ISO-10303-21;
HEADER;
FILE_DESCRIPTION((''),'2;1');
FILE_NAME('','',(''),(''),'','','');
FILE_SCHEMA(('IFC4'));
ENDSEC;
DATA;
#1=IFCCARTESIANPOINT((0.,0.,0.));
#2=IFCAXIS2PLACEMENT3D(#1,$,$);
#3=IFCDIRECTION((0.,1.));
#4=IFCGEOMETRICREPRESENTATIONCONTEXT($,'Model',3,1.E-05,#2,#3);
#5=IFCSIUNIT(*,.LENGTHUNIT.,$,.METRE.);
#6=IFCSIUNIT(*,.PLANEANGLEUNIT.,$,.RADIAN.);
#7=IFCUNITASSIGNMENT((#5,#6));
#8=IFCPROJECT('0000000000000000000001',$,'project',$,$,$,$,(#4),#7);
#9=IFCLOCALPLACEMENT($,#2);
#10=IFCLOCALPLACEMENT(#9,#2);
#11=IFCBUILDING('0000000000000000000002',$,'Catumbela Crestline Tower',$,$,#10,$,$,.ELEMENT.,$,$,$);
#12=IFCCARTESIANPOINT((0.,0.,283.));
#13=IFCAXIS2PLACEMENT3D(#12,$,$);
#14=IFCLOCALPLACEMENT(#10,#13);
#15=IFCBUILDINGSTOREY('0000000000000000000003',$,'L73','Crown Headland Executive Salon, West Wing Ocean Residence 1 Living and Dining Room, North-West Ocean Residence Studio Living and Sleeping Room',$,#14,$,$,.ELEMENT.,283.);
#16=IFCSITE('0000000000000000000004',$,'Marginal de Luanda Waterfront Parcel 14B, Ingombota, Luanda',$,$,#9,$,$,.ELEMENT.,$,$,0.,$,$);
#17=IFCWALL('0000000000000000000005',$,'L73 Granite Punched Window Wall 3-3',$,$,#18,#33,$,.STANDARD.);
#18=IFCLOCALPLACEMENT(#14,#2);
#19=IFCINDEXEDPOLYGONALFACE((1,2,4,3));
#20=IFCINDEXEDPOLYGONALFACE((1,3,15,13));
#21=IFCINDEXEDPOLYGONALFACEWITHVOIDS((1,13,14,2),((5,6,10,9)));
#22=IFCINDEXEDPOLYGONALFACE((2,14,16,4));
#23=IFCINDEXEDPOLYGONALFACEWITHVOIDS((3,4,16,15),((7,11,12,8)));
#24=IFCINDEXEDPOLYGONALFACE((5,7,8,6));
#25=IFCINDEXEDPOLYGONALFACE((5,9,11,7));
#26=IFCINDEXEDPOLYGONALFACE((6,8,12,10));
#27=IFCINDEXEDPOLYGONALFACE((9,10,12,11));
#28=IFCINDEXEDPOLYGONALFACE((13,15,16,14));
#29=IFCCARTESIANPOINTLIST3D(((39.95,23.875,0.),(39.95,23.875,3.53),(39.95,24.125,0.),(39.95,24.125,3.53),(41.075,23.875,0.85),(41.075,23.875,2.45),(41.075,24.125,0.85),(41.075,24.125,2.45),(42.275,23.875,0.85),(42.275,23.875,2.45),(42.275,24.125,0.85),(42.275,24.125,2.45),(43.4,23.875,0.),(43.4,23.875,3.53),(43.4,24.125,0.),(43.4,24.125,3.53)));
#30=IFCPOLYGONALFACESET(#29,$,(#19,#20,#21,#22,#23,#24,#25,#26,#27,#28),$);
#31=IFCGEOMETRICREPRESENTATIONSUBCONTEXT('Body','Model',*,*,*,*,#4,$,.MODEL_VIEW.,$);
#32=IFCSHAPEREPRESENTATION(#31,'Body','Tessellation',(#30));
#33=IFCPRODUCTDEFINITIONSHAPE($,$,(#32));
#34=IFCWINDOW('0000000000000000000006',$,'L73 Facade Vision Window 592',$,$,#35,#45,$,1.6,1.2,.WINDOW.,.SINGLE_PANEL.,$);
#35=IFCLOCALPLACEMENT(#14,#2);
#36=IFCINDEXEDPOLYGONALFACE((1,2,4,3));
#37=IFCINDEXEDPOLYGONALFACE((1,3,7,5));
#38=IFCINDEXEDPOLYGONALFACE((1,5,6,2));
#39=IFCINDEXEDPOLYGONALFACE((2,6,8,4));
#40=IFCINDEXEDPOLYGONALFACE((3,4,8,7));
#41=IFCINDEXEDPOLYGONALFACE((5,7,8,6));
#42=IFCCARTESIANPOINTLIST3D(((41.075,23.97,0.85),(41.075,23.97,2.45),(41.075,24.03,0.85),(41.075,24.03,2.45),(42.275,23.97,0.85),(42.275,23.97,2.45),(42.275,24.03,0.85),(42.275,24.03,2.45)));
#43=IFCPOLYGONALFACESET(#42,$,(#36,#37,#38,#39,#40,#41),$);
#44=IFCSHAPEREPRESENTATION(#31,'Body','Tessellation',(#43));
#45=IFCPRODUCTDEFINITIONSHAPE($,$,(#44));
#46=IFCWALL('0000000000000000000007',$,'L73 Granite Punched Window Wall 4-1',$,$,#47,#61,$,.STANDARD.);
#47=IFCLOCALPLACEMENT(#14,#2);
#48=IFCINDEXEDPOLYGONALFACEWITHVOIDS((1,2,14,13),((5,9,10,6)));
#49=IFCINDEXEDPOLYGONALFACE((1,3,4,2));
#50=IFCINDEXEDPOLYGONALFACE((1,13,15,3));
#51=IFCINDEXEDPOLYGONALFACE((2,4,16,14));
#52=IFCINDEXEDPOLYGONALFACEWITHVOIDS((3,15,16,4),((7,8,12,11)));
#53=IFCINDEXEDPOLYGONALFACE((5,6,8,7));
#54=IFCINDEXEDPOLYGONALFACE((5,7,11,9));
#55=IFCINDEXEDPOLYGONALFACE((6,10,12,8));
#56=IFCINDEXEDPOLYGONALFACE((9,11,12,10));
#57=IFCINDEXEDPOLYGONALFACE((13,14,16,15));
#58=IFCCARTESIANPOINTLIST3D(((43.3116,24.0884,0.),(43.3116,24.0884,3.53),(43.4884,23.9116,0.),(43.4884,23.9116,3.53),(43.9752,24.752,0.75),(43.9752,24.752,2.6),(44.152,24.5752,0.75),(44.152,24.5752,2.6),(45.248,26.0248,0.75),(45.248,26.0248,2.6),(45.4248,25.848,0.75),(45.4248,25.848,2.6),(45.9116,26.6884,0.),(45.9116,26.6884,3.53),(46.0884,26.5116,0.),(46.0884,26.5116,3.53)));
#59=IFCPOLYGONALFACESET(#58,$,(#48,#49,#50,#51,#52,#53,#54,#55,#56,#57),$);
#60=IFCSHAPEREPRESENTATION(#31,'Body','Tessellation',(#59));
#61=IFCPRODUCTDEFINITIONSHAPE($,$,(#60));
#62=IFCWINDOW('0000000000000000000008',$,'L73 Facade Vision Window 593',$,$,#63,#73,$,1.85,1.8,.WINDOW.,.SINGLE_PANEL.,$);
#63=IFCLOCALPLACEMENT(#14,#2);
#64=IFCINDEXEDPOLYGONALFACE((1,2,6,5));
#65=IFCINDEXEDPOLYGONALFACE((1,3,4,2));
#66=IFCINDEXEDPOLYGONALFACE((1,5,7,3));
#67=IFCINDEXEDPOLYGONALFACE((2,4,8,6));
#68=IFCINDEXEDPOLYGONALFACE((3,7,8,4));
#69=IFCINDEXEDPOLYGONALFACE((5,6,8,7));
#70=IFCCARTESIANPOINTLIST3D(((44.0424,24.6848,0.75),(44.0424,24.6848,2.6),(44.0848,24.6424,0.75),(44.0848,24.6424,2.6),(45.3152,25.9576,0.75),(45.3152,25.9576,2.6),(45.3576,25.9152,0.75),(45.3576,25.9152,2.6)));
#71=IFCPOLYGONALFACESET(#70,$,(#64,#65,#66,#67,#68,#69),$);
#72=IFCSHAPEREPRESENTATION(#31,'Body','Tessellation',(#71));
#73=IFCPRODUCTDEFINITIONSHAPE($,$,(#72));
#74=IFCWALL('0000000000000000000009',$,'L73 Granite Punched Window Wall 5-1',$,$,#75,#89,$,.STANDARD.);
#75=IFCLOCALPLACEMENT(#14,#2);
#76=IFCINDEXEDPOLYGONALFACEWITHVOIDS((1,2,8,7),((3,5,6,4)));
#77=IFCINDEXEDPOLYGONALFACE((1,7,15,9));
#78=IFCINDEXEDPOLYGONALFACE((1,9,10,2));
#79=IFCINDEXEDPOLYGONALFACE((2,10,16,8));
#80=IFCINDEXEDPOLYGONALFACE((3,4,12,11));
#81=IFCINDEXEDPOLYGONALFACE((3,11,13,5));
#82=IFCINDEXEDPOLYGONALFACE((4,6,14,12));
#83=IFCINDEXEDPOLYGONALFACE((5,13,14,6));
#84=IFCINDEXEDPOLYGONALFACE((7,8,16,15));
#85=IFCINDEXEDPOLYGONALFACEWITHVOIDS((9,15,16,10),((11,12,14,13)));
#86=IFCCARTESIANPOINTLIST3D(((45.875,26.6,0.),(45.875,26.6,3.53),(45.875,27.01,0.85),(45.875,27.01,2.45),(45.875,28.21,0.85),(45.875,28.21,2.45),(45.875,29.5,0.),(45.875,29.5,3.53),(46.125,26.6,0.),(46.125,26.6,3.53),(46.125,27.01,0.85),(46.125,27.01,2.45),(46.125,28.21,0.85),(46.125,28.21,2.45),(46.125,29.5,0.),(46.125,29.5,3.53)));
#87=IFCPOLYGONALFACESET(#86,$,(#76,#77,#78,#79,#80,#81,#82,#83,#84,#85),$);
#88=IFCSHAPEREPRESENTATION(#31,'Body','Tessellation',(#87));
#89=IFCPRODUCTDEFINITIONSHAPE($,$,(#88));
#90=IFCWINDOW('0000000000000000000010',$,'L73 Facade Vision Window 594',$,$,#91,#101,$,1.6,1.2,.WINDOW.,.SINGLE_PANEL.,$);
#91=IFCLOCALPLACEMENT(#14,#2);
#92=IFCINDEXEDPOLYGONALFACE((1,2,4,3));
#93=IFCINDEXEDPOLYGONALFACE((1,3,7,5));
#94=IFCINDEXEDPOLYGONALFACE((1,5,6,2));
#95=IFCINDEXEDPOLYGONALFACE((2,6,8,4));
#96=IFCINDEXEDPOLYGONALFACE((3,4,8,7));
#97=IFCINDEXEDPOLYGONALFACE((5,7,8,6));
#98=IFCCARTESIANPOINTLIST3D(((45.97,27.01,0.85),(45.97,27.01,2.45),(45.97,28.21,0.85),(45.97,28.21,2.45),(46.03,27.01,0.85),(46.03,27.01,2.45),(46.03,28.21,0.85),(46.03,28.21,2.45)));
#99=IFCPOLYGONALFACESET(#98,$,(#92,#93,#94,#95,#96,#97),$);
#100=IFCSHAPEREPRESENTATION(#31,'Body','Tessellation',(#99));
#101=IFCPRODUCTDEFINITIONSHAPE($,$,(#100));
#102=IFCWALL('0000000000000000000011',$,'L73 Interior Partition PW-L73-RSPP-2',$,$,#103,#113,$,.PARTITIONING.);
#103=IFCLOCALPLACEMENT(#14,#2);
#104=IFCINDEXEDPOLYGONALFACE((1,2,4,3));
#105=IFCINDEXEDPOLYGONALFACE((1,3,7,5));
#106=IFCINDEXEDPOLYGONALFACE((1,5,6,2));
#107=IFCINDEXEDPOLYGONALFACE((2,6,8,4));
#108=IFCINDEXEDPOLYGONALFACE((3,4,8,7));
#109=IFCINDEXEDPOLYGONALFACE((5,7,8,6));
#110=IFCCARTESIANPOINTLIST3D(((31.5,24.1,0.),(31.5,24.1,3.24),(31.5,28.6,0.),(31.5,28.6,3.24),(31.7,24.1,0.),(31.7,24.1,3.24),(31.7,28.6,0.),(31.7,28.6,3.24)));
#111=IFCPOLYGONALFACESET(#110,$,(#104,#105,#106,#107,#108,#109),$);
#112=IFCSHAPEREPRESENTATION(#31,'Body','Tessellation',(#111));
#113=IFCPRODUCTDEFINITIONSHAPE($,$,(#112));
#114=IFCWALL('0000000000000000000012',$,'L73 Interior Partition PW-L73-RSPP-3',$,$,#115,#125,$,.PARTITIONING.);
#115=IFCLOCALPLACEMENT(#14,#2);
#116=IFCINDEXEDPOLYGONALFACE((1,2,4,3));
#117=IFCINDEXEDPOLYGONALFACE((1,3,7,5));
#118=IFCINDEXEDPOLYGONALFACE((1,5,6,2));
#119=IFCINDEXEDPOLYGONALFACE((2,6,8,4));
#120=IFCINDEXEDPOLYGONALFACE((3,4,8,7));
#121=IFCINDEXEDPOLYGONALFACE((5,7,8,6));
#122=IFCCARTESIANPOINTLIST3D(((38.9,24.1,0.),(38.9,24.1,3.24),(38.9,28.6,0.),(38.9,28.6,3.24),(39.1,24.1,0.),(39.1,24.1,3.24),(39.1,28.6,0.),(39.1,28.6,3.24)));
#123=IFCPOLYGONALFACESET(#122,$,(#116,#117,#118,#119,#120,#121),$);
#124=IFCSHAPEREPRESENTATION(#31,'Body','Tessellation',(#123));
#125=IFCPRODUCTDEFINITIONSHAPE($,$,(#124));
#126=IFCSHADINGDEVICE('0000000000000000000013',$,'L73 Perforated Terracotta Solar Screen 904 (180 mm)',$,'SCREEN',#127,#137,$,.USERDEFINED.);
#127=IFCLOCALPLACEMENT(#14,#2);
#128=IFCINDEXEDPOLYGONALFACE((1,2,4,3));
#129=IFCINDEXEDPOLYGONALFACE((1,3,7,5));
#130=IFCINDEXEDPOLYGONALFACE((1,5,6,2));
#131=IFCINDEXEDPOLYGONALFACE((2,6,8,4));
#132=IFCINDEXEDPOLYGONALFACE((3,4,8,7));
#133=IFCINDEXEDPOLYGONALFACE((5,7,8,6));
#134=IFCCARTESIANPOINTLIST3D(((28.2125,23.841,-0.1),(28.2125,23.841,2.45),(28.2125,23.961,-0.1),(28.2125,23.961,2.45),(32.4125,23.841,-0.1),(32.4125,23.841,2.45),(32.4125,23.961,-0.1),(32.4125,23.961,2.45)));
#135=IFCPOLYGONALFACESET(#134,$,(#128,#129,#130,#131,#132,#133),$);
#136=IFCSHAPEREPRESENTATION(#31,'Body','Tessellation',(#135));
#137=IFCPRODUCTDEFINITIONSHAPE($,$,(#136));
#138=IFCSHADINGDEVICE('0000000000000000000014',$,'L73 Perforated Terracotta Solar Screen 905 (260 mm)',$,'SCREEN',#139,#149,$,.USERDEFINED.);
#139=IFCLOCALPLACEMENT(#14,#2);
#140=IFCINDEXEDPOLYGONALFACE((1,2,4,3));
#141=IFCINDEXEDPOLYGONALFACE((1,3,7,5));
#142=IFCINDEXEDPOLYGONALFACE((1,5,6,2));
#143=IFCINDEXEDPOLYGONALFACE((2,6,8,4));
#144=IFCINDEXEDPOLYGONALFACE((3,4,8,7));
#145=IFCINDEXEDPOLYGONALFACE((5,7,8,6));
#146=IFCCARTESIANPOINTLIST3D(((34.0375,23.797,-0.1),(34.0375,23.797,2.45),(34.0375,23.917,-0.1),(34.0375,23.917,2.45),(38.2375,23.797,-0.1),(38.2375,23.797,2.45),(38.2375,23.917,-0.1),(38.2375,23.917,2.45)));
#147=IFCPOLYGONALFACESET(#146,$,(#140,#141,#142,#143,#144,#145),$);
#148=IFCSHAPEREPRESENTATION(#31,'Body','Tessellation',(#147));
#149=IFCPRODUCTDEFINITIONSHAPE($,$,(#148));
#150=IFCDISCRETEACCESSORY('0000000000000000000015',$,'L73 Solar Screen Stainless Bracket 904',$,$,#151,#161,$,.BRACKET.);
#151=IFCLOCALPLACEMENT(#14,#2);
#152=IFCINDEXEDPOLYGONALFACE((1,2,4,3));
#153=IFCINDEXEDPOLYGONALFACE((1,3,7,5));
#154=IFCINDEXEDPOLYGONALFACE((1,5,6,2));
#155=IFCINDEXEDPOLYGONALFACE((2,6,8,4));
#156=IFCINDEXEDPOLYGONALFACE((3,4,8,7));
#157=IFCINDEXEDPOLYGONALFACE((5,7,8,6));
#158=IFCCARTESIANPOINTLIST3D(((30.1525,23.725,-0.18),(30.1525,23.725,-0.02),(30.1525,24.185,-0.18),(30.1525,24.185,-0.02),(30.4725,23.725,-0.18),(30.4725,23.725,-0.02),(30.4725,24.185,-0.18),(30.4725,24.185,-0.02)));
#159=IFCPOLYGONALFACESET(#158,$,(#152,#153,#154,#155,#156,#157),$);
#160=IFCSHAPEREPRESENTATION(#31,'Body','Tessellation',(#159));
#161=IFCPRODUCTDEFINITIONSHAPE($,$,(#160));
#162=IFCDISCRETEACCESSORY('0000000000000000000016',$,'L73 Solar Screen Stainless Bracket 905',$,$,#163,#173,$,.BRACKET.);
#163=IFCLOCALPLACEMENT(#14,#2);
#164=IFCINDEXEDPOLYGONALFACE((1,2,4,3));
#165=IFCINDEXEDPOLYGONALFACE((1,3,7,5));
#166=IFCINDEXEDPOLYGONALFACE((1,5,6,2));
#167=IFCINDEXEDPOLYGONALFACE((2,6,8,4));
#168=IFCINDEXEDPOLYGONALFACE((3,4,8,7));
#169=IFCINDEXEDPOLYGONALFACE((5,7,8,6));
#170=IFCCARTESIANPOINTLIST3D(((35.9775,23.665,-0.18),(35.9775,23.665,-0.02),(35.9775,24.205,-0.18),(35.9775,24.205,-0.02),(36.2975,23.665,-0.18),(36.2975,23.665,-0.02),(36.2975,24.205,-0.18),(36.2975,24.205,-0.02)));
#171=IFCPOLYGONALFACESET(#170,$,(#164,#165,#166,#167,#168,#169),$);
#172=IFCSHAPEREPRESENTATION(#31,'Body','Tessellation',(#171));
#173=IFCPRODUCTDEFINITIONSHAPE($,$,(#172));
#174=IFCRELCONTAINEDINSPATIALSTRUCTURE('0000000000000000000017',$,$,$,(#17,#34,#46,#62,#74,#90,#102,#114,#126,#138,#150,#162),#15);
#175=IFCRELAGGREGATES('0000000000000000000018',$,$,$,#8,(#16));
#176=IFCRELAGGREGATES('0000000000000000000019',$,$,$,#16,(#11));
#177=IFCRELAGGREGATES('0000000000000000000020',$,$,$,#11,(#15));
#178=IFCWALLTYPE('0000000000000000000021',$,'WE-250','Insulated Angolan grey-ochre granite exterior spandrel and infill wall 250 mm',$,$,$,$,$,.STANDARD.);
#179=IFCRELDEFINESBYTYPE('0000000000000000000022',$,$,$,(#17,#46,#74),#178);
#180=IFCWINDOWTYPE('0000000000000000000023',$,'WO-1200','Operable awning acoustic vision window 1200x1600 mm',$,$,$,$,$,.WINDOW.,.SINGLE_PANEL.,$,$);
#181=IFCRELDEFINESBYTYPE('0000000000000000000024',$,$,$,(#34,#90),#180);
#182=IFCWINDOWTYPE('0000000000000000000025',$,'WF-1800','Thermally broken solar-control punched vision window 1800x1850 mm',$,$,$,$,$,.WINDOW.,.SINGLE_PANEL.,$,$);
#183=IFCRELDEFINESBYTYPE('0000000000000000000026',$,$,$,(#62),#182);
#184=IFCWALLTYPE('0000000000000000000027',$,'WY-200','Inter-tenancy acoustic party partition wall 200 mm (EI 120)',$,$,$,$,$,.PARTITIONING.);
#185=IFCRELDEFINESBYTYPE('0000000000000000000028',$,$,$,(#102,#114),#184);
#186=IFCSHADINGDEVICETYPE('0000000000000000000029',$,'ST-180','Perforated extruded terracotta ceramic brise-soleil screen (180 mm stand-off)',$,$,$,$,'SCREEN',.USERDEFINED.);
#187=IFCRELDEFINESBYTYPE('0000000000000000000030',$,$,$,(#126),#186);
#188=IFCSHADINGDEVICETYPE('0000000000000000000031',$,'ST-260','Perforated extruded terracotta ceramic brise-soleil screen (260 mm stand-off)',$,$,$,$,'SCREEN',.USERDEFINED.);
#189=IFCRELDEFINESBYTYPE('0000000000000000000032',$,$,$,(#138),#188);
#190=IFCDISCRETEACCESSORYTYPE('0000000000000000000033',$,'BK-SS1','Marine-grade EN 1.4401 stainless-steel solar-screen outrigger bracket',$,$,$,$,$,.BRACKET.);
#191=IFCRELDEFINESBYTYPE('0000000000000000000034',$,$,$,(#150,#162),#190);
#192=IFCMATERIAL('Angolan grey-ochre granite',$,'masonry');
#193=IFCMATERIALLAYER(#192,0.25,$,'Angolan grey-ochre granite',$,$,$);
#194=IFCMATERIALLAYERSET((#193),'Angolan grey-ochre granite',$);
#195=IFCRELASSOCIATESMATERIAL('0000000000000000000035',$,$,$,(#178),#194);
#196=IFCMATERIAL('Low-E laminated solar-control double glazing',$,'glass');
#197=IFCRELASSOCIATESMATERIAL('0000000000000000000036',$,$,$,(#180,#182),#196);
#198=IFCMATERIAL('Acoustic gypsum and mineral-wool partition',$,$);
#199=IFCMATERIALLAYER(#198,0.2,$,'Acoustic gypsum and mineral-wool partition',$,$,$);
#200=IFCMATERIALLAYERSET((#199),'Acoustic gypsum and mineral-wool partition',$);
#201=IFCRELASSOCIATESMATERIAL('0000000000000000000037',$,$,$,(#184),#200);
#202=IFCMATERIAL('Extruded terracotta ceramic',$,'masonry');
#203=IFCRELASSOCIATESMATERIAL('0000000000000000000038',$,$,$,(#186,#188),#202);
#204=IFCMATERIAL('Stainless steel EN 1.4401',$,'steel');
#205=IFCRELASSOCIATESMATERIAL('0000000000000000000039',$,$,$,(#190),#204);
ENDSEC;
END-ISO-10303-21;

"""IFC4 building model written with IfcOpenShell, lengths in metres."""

from ifc_helpers import new_model, si_unit, direction, frame, frame_2d, origin, origin_2d, place, context, subcontext, project, spatial, rectangle, extrude, material, layer, layer_set, type_object, element, fill, save


model = new_model("IFC4")

# Units and contexts
model_context = context("Model", 3, precision=1e-05, world=origin(), true_north=direction((0.0, 1.0)))
body_context = subcontext(model_context, "Body", "Model", "MODEL_VIEW")
ifc_project = project(units=[si_unit("LENGTHUNIT", "METRE"), si_unit("PLANEANGLEUNIT", "RADIAN")], contexts=[model_context])

# Site, building, storey
site_placement = place(None, origin())
site = spatial("IfcSite", under=ifc_project, at=site_placement, Name="Marginal de Luanda Waterfront Parcel 14B, Ingombota, Luanda", CompositionType="ELEMENT", RefElevation=0.0)
building_placement = place(site_placement, origin())
building = spatial("IfcBuilding", under=site, at=building_placement, Name="Catumbela Crestline Tower", CompositionType="ELEMENT")
storey_placement = place(building_placement, frame((0.0, 0.0, 283.0)))
storey = spatial("IfcBuildingStorey", under=building, at=storey_placement, Name="L73", Description="Crown Headland Executive Salon, West Wing Ocean Residence 1 Living and Dining Room, North-West Ocean Residence Studio Living and Sleeping Room", CompositionType="ELEMENT", Elevation=283.0)

# Shared definitions
ifc_material_1 = material(Name="Low-E laminated solar-control double glazing", Category="glass")

# Walls, openings, windows
ifc_material_2 = material(Name="Angolan grey-ochre granite", Category="masonry")
ifc_layer_1 = layer(ifc_material_2, 0.25, Name="Angolan grey-ochre granite")
ifc_layer_set_1 = layer_set([ifc_layer_1], Name="Angolan grey-ochre granite")
wall_type_1 = type_object("IfcWallType", Name="WE-250", Description="Insulated Angolan grey-ochre granite exterior spandrel and infill wall 250 mm", PredefinedType="STANDARD", material=ifc_layer_set_1)
wall_1_placement = place(storey_placement, frame((39.95, 24.0, 0.0), z_axis=(0.0, 0.0, 1.0), x_axis=(1.0, 0.0, 0.0)))
wall_1 = element("IfcWall", 1, at=wall_1_placement, inside=storey, type_object=wall_type_1, Name="L73 Granite Punched Window Wall 3-3", PredefinedType="STANDARD", context=body_context, shape_type="SweptSolid", body=[
    extrude(rectangle(XDim=3.45, YDim=0.25, at=frame_2d((1.725, 0.0))), origin(), (0.0, 0.0, 1.0), 3.53),
])
opening_1_placement = place(wall_1_placement, frame((1.125, 0.0, 0.85)))
opening_1 = element("IfcOpeningElement", 2, at=opening_1_placement, cuts=wall_1, PredefinedType="OPENING", context=body_context, shape_type="SweptSolid", body=[
    extrude(rectangle(XDim=1.2, YDim=1.6, at=frame_2d((0.6, 0.8))), frame((0.0, 0.135, 0.0), z_axis=(0.0, -1.0, 0.0), x_axis=(1.0, 0.0, 0.0)), (0.0, 0.0, 1.0), 0.27),
])
window_type_1 = type_object("IfcWindowType", Name="WO-1200", Description="Operable awning acoustic vision window 1200x1600 mm", PartitioningType="SINGLE_PANEL", PredefinedType="WINDOW", material=ifc_material_1)
window_1_placement = place(opening_1_placement, origin())
window_1 = element("IfcWindow", 3, at=window_1_placement, inside=storey, type_object=window_type_1, Name="L73 Facade Vision Window 592", OverallHeight=1.6, OverallWidth=1.2, PartitioningType="SINGLE_PANEL", PredefinedType="WINDOW", context=body_context, shape_type="SweptSolid", body=[
    extrude(rectangle(XDim=1.2, YDim=1.6, at=frame_2d((0.6, 0.8))), frame((0.0, 0.03, 0.0), z_axis=(0.0, -1.0, 0.0), x_axis=(1.0, 0.0, 0.0)), (0.0, 0.0, 1.0), 0.06),
])
fill(opening_1, window_1)
wall_2_placement = place(storey_placement, frame((43.4, 24.0, 0.0), z_axis=(0.0, 0.0, 1.0), x_axis=(0.707107, 0.707107, 0.0)))
wall_2 = element("IfcWall", 4, at=wall_2_placement, inside=storey, type_object=wall_type_1, Name="L73 Granite Punched Window Wall 4-1", PredefinedType="STANDARD", context=body_context, shape_type="SweptSolid", body=[
    extrude(rectangle(XDim=3.677, YDim=0.25, at=frame_2d((1.8385, 0.0))), origin(), (0.0, 0.0, 1.0), 3.53),
])
opening_2_placement = place(wall_2_placement, frame((0.9385, 0.0, 0.75)))
opening_2 = element("IfcOpeningElement", 5, at=opening_2_placement, cuts=wall_2, PredefinedType="OPENING", context=body_context, shape_type="SweptSolid", body=[
    extrude(rectangle(XDim=1.8, YDim=1.85, at=frame_2d((0.9, 0.925))), frame((0.0, 0.135, 0.0), z_axis=(0.0, -1.0, 0.0), x_axis=(1.0, 0.0, 0.0)), (0.0, 0.0, 1.0), 0.27),
])
window_type_2 = type_object("IfcWindowType", Name="WF-1800", Description="Thermally broken solar-control punched vision window 1800x1850 mm", PartitioningType="SINGLE_PANEL", PredefinedType="WINDOW", material=ifc_material_1)
window_2_placement = place(opening_2_placement, origin())
window_2 = element("IfcWindow", 6, at=window_2_placement, inside=storey, type_object=window_type_2, Name="L73 Facade Vision Window 593", OverallHeight=1.85, OverallWidth=1.8, PartitioningType="SINGLE_PANEL", PredefinedType="WINDOW", context=body_context, shape_type="SweptSolid", body=[
    extrude(rectangle(XDim=1.8, YDim=1.85, at=frame_2d((0.9, 0.925))), frame((0.0, 0.03, 0.0), z_axis=(0.0, -1.0, 0.0), x_axis=(1.0, 0.0, 0.0)), (0.0, 0.0, 1.0), 0.06),
])
fill(opening_2, window_2)
wall_3_placement = place(storey_placement, frame((46.0, 26.6, 0.0), z_axis=(0.0, 0.0, 1.0), x_axis=(0.0, 1.0, 0.0)))
wall_3 = element("IfcWall", 7, at=wall_3_placement, inside=storey, type_object=wall_type_1, Name="L73 Granite Punched Window Wall 5-1", PredefinedType="STANDARD", context=body_context, shape_type="SweptSolid", body=[
    extrude(rectangle(XDim=2.9, YDim=0.25, at=frame_2d((1.45, 0.0))), origin(), (0.0, 0.0, 1.0), 3.53),
])
opening_3_placement = place(wall_3_placement, frame((0.41, 0.0, 0.85)))
opening_3 = element("IfcOpeningElement", 8, at=opening_3_placement, cuts=wall_3, PredefinedType="OPENING", context=body_context, shape_type="SweptSolid", body=[
    extrude(rectangle(XDim=1.2, YDim=1.6, at=frame_2d((0.6, 0.8))), frame((0.0, 0.135, 0.0), z_axis=(0.0, -1.0, 0.0), x_axis=(1.0, 0.0, 0.0)), (0.0, 0.0, 1.0), 0.27),
])
window_3_placement = place(opening_3_placement, origin())
window_3 = element("IfcWindow", 9, at=window_3_placement, inside=storey, type_object=window_type_1, Name="L73 Facade Vision Window 594", OverallHeight=1.6, OverallWidth=1.2, PartitioningType="SINGLE_PANEL", PredefinedType="WINDOW", context=body_context, shape_type="SweptSolid", body=[
    extrude(rectangle(XDim=1.2, YDim=1.6, at=frame_2d((0.6, 0.8))), frame((0.0, 0.03, 0.0), z_axis=(0.0, -1.0, 0.0), x_axis=(1.0, 0.0, 0.0)), (0.0, 0.0, 1.0), 0.06),
])
fill(opening_3, window_3)

# Walls
ifc_material_3 = material(Name="Acoustic gypsum and mineral-wool partition")
ifc_layer_2 = layer(ifc_material_3, 0.2, Name="Acoustic gypsum and mineral-wool partition")
ifc_layer_set_2 = layer_set([ifc_layer_2], Name="Acoustic gypsum and mineral-wool partition")
wall_type_2 = type_object("IfcWallType", Name="WY-200", Description="Inter-tenancy acoustic party partition wall 200 mm (EI 120)", PredefinedType="PARTITIONING", material=ifc_layer_set_2)
for number, where, z_axis, x_axis, name in (
    (10, (31.6, 24.1, 0.0), (0.0, 0.0, 1.0), (0.0, 1.0, 0.0), "L73 Interior Partition PW-L73-RSPP-2"),
    (11, (39.0, 24.1, 0.0), (0.0, 0.0, 1.0), (0.0, 1.0, 0.0), "L73 Interior Partition PW-L73-RSPP-3"),
):
    element("IfcWall", number, at=place(storey_placement, frame(where, z_axis=z_axis, x_axis=x_axis)), inside=storey, type_object=wall_type_2, Name=name, PredefinedType="PARTITIONING", context=body_context, shape_type="SweptSolid", body=[
        extrude(rectangle(XDim=4.5, YDim=0.2, at=frame_2d((2.25, 0.0))), origin(), (0.0, 0.0, 1.0), 3.24),
    ])

# Shared definitions
ifc_material_4 = material(Name="Stainless steel EN 1.4401", Category="steel")

# Shading devices
ifc_material_5 = material(Name="Extruded terracotta ceramic", Category="masonry")
shading_device_type_1 = type_object("IfcShadingDeviceType", Name="ST-180", Description="Perforated extruded terracotta ceramic brise-soleil screen (180 mm stand-off)", ElementType="SCREEN", PredefinedType="USERDEFINED", material=ifc_material_5)
shading_device_1_placement = place(storey_placement, frame((30.3125, 23.901, -0.1), z_axis=(0.0, 0.0, 1.0), x_axis=(1.0, 0.0, 0.0)))
element("IfcShadingDevice", 12, at=shading_device_1_placement, inside=storey, type_object=shading_device_type_1, Name="L73 Perforated Terracotta Solar Screen 904 (180 mm)", ObjectType="SCREEN", PredefinedType="USERDEFINED", context=body_context, shape_type="SweptSolid", body=[
    extrude(rectangle(XDim=4.2, YDim=0.12, at=origin_2d()), origin(), (0.0, 0.0, 1.0), 2.55),
])
shading_device_type_2 = type_object("IfcShadingDeviceType", Name="ST-260", Description="Perforated extruded terracotta ceramic brise-soleil screen (260 mm stand-off)", ElementType="SCREEN", PredefinedType="USERDEFINED", material=ifc_material_5)
shading_device_2_placement = place(storey_placement, frame((36.1375, 23.857, -0.1), z_axis=(0.0, 0.0, 1.0), x_axis=(1.0, 0.0, 0.0)))
element("IfcShadingDevice", 13, at=shading_device_2_placement, inside=storey, type_object=shading_device_type_2, Name="L73 Perforated Terracotta Solar Screen 905 (260 mm)", ObjectType="SCREEN", PredefinedType="USERDEFINED", context=body_context, shape_type="SweptSolid", body=[
    extrude(rectangle(XDim=4.2, YDim=0.12, at=origin_2d()), origin(), (0.0, 0.0, 1.0), 2.55),
])

# Discrete accessories
discrete_accessory_type = type_object("IfcDiscreteAccessoryType", Name="BK-SS1", Description="Marine-grade EN 1.4401 stainless-steel solar-screen outrigger bracket", PredefinedType="BRACKET", material=ifc_material_4)
discrete_accessory_1_placement = place(storey_placement, frame((30.3125, 23.955, -0.18), z_axis=(0.0, 0.0, 1.0), x_axis=(1.0, 0.0, 0.0)))
element("IfcDiscreteAccessory", 14, at=discrete_accessory_1_placement, inside=storey, type_object=discrete_accessory_type, Name="L73 Solar Screen Stainless Bracket 904", PredefinedType="BRACKET", context=body_context, shape_type="SweptSolid", body=[
    extrude(rectangle(XDim=0.32, YDim=0.46, at=origin_2d()), origin(), (0.0, 0.0, 1.0), 0.16),
])
discrete_accessory_2_placement = place(storey_placement, frame((36.1375, 23.935, -0.18), z_axis=(0.0, 0.0, 1.0), x_axis=(1.0, 0.0, 0.0)))
element("IfcDiscreteAccessory", 15, at=discrete_accessory_2_placement, inside=storey, type_object=discrete_accessory_type, Name="L73 Solar Screen Stainless Bracket 905", PredefinedType="BRACKET", context=body_context, shape_type="SweptSolid", body=[
    extrude(rectangle(XDim=0.32, YDim=0.54, at=origin_2d()), origin(), (0.0, 0.0, 1.0), 0.16),
])

save(model, "model.ifc")
